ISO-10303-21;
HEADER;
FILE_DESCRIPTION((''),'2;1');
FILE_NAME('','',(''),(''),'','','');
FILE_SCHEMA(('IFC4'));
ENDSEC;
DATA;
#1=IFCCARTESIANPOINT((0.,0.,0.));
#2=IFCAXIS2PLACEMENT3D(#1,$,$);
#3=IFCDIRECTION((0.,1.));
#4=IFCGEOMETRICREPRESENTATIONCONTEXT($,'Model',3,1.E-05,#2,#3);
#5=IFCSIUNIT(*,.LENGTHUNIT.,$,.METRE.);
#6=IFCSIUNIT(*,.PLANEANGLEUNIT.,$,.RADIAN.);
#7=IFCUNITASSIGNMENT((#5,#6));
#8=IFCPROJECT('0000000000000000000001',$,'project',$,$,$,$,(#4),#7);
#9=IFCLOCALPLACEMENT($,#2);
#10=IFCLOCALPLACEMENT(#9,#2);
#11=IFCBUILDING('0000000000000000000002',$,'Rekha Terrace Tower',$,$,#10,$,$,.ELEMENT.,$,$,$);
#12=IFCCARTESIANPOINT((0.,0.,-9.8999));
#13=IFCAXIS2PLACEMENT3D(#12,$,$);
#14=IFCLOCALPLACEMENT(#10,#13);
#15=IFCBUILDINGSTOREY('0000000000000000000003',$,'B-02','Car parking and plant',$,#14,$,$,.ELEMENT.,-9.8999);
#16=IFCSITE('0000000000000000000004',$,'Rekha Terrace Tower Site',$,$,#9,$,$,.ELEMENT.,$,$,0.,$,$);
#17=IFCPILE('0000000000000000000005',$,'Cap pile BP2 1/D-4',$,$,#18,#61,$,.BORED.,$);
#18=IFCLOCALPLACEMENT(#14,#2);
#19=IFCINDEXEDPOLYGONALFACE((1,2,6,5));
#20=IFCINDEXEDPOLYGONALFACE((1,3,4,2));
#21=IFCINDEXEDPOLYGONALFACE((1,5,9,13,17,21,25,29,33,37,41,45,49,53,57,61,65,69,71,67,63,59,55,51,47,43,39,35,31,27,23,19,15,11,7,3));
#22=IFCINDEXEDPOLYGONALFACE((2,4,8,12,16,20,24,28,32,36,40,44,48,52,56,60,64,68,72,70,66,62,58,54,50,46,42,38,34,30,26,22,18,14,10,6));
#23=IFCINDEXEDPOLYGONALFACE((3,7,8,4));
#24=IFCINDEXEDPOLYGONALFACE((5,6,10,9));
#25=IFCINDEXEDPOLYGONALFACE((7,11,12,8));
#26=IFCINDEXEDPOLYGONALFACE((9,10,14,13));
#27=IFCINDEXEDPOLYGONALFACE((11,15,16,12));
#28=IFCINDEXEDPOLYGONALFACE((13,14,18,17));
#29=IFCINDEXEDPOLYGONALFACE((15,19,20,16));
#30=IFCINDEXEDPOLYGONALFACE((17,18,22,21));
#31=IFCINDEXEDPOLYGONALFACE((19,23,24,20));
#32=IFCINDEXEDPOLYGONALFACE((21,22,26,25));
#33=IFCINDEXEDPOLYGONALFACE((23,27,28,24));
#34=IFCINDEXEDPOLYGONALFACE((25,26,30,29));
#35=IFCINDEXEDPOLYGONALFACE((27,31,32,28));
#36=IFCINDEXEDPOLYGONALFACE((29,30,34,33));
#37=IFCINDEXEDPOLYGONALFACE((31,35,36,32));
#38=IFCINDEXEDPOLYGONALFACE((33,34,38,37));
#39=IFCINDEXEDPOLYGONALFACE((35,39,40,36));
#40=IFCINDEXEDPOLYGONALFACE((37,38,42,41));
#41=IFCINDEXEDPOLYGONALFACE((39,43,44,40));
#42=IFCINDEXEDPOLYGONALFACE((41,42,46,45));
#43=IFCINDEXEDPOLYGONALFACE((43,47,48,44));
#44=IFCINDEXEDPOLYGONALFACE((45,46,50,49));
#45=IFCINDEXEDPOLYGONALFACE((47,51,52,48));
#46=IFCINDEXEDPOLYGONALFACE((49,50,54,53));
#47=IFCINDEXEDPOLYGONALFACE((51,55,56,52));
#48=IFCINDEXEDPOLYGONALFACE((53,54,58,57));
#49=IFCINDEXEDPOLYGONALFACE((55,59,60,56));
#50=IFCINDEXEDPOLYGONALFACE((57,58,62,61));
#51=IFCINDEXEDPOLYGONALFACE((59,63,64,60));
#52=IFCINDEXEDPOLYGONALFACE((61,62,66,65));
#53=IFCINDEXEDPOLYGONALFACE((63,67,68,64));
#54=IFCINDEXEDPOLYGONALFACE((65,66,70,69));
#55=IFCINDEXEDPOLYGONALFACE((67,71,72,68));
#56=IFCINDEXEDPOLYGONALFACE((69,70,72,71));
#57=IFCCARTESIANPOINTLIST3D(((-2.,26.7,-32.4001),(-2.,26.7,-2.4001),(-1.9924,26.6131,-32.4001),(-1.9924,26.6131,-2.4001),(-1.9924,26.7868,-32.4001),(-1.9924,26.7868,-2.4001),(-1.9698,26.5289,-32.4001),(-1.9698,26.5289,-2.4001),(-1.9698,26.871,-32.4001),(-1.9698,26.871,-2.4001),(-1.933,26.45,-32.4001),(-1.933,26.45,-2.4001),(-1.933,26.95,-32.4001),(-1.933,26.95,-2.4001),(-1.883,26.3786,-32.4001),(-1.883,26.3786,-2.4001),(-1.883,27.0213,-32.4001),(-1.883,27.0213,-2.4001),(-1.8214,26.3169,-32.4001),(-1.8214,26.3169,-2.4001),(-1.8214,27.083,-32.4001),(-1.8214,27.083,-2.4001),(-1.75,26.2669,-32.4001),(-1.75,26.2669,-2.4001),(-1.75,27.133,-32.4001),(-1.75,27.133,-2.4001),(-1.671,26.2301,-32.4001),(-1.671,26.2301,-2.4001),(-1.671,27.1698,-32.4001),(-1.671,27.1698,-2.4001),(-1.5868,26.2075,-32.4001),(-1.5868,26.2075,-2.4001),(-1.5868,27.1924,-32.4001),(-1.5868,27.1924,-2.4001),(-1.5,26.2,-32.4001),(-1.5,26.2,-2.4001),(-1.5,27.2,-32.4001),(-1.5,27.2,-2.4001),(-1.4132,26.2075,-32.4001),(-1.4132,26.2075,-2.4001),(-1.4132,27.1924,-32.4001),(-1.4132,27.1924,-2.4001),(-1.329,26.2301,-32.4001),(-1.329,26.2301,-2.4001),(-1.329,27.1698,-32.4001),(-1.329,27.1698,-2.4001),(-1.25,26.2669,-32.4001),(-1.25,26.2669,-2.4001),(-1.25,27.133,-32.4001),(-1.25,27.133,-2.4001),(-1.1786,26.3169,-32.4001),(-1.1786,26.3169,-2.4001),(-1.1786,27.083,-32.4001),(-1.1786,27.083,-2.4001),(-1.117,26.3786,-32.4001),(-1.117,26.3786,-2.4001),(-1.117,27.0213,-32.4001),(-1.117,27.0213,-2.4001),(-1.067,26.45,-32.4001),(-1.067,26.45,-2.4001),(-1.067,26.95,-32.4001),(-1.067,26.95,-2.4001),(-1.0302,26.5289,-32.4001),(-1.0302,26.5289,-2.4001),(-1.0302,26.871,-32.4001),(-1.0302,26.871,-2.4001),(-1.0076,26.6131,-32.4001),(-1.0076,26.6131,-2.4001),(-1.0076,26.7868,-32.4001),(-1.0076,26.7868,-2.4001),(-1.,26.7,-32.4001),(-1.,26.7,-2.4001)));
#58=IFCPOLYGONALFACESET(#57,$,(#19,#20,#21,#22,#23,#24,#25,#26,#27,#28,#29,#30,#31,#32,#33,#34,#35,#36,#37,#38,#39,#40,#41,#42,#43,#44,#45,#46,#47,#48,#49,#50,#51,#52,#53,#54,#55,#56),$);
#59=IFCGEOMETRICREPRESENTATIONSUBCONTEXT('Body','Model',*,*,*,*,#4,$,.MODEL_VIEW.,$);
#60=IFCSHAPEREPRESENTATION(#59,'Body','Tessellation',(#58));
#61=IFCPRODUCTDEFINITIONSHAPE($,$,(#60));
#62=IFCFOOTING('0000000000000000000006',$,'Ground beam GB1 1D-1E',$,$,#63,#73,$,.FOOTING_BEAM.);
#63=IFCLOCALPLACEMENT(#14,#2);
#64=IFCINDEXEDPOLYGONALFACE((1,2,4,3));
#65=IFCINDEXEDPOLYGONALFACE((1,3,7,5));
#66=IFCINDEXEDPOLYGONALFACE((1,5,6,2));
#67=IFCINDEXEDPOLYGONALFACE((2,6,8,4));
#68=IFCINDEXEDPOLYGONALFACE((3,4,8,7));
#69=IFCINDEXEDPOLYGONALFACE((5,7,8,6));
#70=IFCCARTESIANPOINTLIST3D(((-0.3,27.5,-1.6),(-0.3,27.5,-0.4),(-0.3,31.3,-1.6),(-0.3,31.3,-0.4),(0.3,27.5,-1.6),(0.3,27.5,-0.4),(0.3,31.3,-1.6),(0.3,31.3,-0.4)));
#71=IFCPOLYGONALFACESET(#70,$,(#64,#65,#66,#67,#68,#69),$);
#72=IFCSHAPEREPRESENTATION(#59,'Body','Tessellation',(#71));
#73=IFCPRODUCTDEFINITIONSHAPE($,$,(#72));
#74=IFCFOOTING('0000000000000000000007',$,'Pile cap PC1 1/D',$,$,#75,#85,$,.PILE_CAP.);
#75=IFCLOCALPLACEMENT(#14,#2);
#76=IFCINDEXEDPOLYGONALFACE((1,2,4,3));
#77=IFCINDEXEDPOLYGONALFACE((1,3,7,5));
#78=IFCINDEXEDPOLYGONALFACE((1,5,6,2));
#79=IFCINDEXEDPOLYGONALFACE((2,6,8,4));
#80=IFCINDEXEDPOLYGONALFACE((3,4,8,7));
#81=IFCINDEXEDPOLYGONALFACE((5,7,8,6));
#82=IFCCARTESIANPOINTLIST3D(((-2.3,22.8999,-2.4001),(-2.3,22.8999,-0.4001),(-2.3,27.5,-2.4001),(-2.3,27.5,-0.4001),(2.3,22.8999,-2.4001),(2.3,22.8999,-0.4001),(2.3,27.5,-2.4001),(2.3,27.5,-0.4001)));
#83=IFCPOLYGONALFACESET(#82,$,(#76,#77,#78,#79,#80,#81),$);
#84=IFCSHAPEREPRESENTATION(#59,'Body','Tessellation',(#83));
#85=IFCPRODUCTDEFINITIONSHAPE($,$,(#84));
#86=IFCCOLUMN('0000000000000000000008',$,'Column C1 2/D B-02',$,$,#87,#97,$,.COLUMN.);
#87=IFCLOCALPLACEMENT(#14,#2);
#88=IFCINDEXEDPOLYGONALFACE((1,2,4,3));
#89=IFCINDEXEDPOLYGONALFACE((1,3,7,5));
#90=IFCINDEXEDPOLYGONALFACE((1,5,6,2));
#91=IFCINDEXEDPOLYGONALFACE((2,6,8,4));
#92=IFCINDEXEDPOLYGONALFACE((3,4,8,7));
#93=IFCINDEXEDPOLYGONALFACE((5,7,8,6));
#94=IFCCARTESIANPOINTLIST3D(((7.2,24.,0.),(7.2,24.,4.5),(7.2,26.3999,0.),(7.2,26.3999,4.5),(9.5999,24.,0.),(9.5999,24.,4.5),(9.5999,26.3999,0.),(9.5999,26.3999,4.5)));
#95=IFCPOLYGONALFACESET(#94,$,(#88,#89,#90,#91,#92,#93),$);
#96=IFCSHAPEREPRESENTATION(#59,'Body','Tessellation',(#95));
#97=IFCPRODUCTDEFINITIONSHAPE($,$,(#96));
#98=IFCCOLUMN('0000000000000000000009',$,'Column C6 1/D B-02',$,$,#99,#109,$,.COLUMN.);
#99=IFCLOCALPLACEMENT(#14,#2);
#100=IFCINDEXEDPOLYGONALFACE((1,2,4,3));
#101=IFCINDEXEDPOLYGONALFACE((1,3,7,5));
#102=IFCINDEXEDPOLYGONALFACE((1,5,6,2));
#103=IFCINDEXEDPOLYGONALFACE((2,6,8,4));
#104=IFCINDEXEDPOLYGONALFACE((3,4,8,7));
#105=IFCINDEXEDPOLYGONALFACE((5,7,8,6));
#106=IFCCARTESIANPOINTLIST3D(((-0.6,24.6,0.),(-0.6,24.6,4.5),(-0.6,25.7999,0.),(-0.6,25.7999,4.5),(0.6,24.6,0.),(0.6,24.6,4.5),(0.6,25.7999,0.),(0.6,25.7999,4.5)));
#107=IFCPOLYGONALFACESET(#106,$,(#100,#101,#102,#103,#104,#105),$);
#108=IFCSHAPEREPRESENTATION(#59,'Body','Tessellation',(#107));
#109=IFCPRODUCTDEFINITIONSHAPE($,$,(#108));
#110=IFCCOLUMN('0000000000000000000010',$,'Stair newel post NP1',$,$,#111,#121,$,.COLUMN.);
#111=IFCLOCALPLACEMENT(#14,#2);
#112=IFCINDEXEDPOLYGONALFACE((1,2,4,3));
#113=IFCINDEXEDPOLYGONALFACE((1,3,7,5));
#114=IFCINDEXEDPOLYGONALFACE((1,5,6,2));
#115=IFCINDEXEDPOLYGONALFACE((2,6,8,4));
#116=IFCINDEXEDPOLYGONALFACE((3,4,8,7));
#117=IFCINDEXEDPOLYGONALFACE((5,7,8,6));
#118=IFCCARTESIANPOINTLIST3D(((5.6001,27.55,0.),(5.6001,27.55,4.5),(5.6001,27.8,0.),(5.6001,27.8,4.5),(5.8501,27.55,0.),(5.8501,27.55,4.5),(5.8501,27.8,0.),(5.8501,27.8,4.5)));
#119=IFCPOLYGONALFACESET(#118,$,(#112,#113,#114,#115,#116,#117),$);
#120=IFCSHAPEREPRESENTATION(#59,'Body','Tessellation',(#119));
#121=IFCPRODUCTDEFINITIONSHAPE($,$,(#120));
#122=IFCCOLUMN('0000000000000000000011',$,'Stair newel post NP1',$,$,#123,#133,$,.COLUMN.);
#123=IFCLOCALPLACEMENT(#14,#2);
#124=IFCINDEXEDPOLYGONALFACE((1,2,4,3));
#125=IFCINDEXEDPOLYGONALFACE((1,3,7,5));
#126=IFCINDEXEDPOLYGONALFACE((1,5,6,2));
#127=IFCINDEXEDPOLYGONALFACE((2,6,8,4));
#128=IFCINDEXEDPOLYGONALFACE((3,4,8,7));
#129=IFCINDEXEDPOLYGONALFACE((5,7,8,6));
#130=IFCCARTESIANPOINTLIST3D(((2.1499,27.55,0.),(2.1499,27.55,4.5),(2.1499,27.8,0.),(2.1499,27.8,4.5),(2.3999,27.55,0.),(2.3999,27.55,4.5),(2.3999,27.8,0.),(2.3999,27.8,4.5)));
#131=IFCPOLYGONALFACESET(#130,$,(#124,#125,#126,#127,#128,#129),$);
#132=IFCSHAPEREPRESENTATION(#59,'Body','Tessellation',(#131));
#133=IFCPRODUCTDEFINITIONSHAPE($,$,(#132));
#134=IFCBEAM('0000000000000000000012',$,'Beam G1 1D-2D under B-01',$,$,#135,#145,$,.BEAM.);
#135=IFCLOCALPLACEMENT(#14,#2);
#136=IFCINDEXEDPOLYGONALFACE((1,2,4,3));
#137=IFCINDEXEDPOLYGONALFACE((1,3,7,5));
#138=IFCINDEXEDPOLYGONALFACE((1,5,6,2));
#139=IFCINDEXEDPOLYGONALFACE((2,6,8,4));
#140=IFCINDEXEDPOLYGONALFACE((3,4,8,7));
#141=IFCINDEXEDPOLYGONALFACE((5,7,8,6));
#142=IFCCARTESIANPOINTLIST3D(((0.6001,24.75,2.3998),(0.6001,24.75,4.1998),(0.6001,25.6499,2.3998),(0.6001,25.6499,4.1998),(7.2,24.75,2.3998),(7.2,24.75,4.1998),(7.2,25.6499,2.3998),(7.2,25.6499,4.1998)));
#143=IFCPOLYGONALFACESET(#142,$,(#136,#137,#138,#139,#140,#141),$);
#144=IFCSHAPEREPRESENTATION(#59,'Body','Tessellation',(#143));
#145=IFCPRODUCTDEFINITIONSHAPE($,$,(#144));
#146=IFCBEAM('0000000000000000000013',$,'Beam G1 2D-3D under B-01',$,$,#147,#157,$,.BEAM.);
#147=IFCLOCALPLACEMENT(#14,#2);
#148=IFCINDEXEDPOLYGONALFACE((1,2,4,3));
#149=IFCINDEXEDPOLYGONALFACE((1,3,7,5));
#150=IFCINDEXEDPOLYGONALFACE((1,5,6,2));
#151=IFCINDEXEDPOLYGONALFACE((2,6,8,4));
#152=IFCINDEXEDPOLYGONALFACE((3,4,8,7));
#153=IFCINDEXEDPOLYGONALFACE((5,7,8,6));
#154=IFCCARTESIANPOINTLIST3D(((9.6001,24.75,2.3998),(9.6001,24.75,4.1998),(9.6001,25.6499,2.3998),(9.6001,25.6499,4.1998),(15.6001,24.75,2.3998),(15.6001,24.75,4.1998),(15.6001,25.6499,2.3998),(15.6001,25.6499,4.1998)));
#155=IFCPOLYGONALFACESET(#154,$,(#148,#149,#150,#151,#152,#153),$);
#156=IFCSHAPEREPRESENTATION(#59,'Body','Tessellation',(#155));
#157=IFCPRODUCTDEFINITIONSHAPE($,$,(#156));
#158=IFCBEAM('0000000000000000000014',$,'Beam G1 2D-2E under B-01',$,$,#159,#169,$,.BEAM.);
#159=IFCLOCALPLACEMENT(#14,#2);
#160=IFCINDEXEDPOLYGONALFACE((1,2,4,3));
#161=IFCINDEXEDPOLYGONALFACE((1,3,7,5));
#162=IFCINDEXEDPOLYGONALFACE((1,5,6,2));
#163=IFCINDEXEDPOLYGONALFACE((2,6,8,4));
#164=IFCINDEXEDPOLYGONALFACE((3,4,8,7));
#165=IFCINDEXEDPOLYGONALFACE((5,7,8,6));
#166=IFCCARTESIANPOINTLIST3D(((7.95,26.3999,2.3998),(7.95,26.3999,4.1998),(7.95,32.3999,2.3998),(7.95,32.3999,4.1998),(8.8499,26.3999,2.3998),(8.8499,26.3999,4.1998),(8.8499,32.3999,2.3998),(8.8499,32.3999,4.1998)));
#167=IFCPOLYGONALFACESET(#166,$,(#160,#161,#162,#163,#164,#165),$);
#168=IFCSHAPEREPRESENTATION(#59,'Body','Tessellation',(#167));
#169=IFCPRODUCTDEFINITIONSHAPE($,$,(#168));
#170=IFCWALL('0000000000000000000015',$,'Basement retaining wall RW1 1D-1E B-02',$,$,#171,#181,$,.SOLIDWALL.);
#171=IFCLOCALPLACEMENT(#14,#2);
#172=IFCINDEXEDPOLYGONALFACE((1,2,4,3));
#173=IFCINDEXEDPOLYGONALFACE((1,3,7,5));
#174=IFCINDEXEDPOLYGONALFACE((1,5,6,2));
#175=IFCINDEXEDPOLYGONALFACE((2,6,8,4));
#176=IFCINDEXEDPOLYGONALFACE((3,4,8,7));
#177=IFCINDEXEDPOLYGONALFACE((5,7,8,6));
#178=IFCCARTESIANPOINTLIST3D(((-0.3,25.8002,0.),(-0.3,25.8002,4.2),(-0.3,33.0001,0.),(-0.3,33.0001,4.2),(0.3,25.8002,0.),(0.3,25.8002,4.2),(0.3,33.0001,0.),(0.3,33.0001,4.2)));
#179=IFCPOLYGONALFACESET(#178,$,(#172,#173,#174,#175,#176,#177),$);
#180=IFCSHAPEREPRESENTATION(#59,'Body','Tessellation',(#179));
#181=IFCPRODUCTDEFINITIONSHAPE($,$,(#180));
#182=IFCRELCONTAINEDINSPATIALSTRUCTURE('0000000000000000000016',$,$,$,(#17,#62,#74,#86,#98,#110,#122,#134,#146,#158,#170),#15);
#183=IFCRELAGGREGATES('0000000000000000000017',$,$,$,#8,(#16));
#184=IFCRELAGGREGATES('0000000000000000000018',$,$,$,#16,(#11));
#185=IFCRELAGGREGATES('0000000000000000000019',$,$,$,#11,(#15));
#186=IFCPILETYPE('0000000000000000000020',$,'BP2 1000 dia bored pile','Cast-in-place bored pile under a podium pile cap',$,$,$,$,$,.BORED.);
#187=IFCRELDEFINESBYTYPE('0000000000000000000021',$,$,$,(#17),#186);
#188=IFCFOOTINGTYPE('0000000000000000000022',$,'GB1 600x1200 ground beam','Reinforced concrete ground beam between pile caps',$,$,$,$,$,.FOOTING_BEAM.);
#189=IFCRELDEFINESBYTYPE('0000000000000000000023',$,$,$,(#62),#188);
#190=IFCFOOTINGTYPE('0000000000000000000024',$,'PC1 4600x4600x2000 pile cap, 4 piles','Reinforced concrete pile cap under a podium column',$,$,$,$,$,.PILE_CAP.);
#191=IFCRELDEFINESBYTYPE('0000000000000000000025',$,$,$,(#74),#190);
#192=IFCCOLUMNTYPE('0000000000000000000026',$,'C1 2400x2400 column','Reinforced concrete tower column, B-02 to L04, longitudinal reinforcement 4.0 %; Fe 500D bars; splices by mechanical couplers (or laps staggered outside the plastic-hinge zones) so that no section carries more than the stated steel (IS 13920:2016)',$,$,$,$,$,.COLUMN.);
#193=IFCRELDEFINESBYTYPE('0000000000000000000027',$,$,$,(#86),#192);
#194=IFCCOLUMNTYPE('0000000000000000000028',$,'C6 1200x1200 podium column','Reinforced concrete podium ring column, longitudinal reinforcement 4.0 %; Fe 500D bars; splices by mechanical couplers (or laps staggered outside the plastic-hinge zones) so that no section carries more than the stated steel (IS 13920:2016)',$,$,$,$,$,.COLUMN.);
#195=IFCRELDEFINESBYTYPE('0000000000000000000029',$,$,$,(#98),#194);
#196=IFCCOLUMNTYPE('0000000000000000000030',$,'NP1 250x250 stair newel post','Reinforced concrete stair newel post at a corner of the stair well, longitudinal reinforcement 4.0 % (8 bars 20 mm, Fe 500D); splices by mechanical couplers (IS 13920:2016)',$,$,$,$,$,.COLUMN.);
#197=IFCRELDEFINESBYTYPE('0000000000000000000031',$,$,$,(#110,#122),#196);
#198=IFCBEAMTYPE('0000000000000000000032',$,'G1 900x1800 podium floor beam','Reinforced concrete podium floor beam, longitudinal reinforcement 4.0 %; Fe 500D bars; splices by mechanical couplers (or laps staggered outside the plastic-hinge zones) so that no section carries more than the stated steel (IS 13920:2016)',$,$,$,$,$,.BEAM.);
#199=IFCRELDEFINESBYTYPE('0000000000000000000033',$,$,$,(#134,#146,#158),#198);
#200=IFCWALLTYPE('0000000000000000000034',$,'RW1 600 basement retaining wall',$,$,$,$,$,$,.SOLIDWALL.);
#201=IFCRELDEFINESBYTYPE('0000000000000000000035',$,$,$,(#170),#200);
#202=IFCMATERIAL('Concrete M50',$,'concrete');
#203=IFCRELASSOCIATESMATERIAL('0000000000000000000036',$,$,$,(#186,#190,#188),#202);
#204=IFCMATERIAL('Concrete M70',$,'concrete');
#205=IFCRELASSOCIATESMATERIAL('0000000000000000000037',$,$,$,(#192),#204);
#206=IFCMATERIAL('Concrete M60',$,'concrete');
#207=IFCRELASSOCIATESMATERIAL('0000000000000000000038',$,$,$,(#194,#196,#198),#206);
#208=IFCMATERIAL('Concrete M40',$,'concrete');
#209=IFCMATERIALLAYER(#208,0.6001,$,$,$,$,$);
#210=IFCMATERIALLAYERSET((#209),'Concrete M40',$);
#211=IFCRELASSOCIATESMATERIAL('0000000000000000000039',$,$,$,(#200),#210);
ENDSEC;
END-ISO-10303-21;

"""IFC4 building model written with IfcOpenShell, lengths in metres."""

from ifc_helpers import new_model, si_unit, direction, frame, frame_2d, origin, origin_2d, place, context, subcontext, project, spatial, rectangle, circle, extrude, material, layer, layer_set, material_profile, profile_set, type_object, element, save


model = new_model("IFC4")

# Units and contexts
model_context = context("Model", 3, precision=1e-05, world=origin(), true_north=direction((0.0, 1.0)))
body_context = subcontext(model_context, "Body", "Model", "MODEL_VIEW")
ifc_project = project(units=[si_unit("LENGTHUNIT", "METRE"), si_unit("PLANEANGLEUNIT", "RADIAN")], contexts=[model_context])

# Site, building, storey
site_placement = place(None, origin())
site = spatial("IfcSite", under=ifc_project, at=site_placement, Name="Rekha Terrace Tower Site", CompositionType="ELEMENT", RefElevation=0.0)
building_placement = place(site_placement, origin())
building = spatial("IfcBuilding", under=site, at=building_placement, Name="Rekha Terrace Tower", CompositionType="ELEMENT")
storey_placement = place(building_placement, frame((0.0, 0.0, -9.8999)))
storey = spatial("IfcBuildingStorey", under=building, at=storey_placement, Name="B-02", Description="Car parking and plant", CompositionType="ELEMENT", Elevation=-9.8999)

# Pile
ifc_material_1 = material(Name="Concrete M50", Category="concrete")
pile_type_1 = type_object("IfcPileType", Name="BP2 1000 dia bored pile", Description="Cast-in-place bored pile under a podium pile cap", PredefinedType="BORED", material=ifc_material_1)
for number, where, z_axis, x_axis, name in (
    (1, (-1.5, 26.7, -2.4001), (0.0, 0.0, -1.0), (1.0, 0.0, 0.0), "Cap pile BP2 1/D-4"),
):
    element("IfcPile", number, at=place(storey_placement, frame(where, z_axis=z_axis, x_axis=x_axis)), inside=storey, type_object=pile_type_1, Name=name, PredefinedType="BORED", context=body_context, shape_type="SweptSolid", body=[
        extrude(circle(Radius=0.5, at=origin_2d()), origin(), (0.0, 0.0, 1.0), 30.0),
    ])

# Footings
ifc_material_profile_1 = material_profile(ifc_material_1, rectangle(XDim=0.6001, YDim=1.2, at=origin_2d()), Name="RC 600x1200")
ifc_profile_set_1 = profile_set([ifc_material_profile_1], Name="Concrete M50")
footing_type_1 = type_object("IfcFootingType", Name="GB1 600x1200 ground beam", Description="Reinforced concrete ground beam between pile caps", PredefinedType="FOOTING_BEAM", material=ifc_profile_set_1)
footing_1_placement = place(storey_placement, frame((0.0, 27.5, -1.0), z_axis=(0.0, 1.0, 0.0), x_axis=(-1.0, 0.0, 0.0)))
element("IfcFooting", 2, at=footing_1_placement, inside=storey, type_object=footing_type_1, Name="Ground beam GB1 1D-1E", PredefinedType="FOOTING_BEAM", context=body_context, shape_type="SweptSolid", body=[
    extrude(rectangle(XDim=0.6001, YDim=1.2, at=origin_2d()), origin(), (0.0, 0.0, 1.0), 3.8),
])
footing_type_2 = type_object("IfcFootingType", Name="PC1 4600x4600x2000 pile cap, 4 piles", Description="Reinforced concrete pile cap under a podium column", PredefinedType="PILE_CAP", material=ifc_material_1)
footing_2_placement = place(storey_placement, frame((0.0, 25.2, -2.4001), z_axis=(0.0, 0.0, 1.0), x_axis=(1.0, 0.0, 0.0)))
element("IfcFooting", 3, at=footing_2_placement, inside=storey, type_object=footing_type_2, Name="Pile cap PC1 1/D", PredefinedType="PILE_CAP", context=body_context, shape_type="SweptSolid", body=[
    extrude(rectangle(XDim=4.6001, YDim=4.6001, at=origin_2d()), origin(), (0.0, 0.0, 1.0), 2.0),
])

# Columns
ifc_material_2 = material(Name="Concrete M70", Category="concrete")
ifc_material_profile_2 = material_profile(ifc_material_2, rectangle(XDim=2.3999, YDim=2.3999, at=origin_2d()), Name="RC 2400x2400")
ifc_profile_set_2 = profile_set([ifc_material_profile_2], Name="Concrete M70")
column_type_1 = type_object("IfcColumnType", Name="C1 2400x2400 column", Description="Reinforced concrete tower column, B-02 to L04, longitudinal reinforcement 4.0 %; Fe 500D bars; splices by mechanical couplers (or laps staggered outside the plastic-hinge zones) so that no section carries more than the stated steel (IS 13920:2016)", PredefinedType="COLUMN", material=ifc_profile_set_2)
column_1_placement = place(storey_placement, frame((8.3999, 25.2, 0.0), z_axis=(0.0, 0.0, 1.0), x_axis=(1.0, 0.0, 0.0)))
element("IfcColumn", 4, at=column_1_placement, inside=storey, type_object=column_type_1, Name="Column C1 2/D B-02", PredefinedType="COLUMN", context=body_context, shape_type="SweptSolid", body=[
    extrude(rectangle(XDim=2.3999, YDim=2.3999, at=origin_2d()), origin(), (0.0, 0.0, 1.0), 4.5),
])
ifc_material_3 = material(Name="Concrete M60", Category="concrete")
ifc_material_profile_3 = material_profile(ifc_material_3, rectangle(XDim=1.2, YDim=1.2, at=origin_2d()), Name="RC 1200x1200")
ifc_profile_set_3 = profile_set([ifc_material_profile_3], Name="Concrete M60")
column_type_2 = type_object("IfcColumnType", Name="C6 1200x1200 podium column", Description="Reinforced concrete podium ring column, longitudinal reinforcement 4.0 %; Fe 500D bars; splices by mechanical couplers (or laps staggered outside the plastic-hinge zones) so that no section carries more than the stated steel (IS 13920:2016)", PredefinedType="COLUMN", material=ifc_profile_set_3)
column_2_placement = place(storey_placement, frame((0.0, 25.2, 0.0), z_axis=(0.0, 0.0, 1.0), x_axis=(1.0, 0.0, 0.0)))
element("IfcColumn", 5, at=column_2_placement, inside=storey, type_object=column_type_2, Name="Column C6 1/D B-02", PredefinedType="COLUMN", context=body_context, shape_type="SweptSolid", body=[
    extrude(rectangle(XDim=1.2, YDim=1.2, at=origin_2d()), origin(), (0.0, 0.0, 1.0), 4.5),
])
ifc_material_profile_4 = material_profile(ifc_material_3, rectangle(XDim=0.25, YDim=0.25, at=origin_2d()), Name="RC 250x250")
ifc_profile_set_4 = profile_set([ifc_material_profile_4], Name="Concrete M60")
column_type_3 = type_object("IfcColumnType", Name="NP1 250x250 stair newel post", Description="Reinforced concrete stair newel post at a corner of the stair well, longitudinal reinforcement 4.0 % (8 bars 20 mm, Fe 500D); splices by mechanical couplers (IS 13920:2016)", PredefinedType="COLUMN", material=ifc_profile_set_4)
for number, where, z_axis, x_axis, name in (
    (6, (5.7251, 27.675, 0.0), (0.0, 0.0, 1.0), (1.0, 0.0, 0.0), "Stair newel post NP1"),
    (7, (2.2749, 27.675, 0.0), (0.0, 0.0, 1.0), (1.0, 0.0, 0.0), "Stair newel post NP1"),
):
    element("IfcColumn", number, at=place(storey_placement, frame(where, z_axis=z_axis, x_axis=x_axis)), inside=storey, type_object=column_type_3, Name=name, PredefinedType="COLUMN", context=body_context, shape_type="SweptSolid", body=[
        extrude(rectangle(XDim=0.25, YDim=0.25, at=origin_2d()), origin(), (0.0, 0.0, 1.0), 4.5),
    ])

# Beams
ifc_material_profile_5 = material_profile(ifc_material_3, rectangle(XDim=0.8999, YDim=1.8, at=origin_2d()), Name="RC 900x1800")
ifc_profile_set_5 = profile_set([ifc_material_profile_5], Name="Concrete M60")
beam_type = type_object("IfcBeamType", Name="G1 900x1800 podium floor beam", Description="Reinforced concrete podium floor beam, longitudinal reinforcement 4.0 %; Fe 500D bars; splices by mechanical couplers (or laps staggered outside the plastic-hinge zones) so that no section carries more than the stated steel (IS 13920:2016)", PredefinedType="BEAM", material=ifc_profile_set_5)
beam_placement = place(storey_placement, frame((0.6001, 25.2, 3.2998), z_axis=(1.0, 0.0, 0.0), x_axis=(0.0, 1.0, 0.0)))
element("IfcBeam", 8, at=beam_placement, inside=storey, type_object=beam_type, Name="Beam G1 1D-2D under B-01", PredefinedType="BEAM", context=body_context, shape_type="SweptSolid", body=[
    extrude(rectangle(XDim=0.8999, YDim=1.8, at=origin_2d()), origin(), (0.0, 0.0, 1.0), 6.5999),
])
for number, where, z_axis, x_axis, name in (
    (9, (9.6001, 25.2, 3.2998), (1.0, 0.0, 0.0), (0.0, 1.0, 0.0), "Beam G1 2D-3D under B-01"),
    (10, (8.3999, 26.3999, 3.2998), (0.0, 1.0, 0.0), (-1.0, 0.0, 0.0), "Beam G1 2D-2E under B-01"),
):
    element("IfcBeam", number, at=place(storey_placement, frame(where, z_axis=z_axis, x_axis=x_axis)), inside=storey, type_object=beam_type, Name=name, PredefinedType="BEAM", context=body_context, shape_type="SweptSolid", body=[
        extrude(rectangle(XDim=0.8999, YDim=1.8, at=origin_2d()), origin(), (0.0, 0.0, 1.0), 6.0),
    ])

# Wall
ifc_material_4 = material(Name="Concrete M40", Category="concrete")
ifc_layer_1 = layer(ifc_material_4, 0.6001)
ifc_layer_set_1 = layer_set([ifc_layer_1], Name="Concrete M40")
wall_type_1 = type_object("IfcWallType", Name="RW1 600 basement retaining wall", PredefinedType="SOLIDWALL", material=ifc_layer_set_1)
wall_1_placement = place(storey_placement, frame((0.0, 25.8, 0.0), z_axis=(0.0, 0.0, 1.0), x_axis=(0.0, 1.0, 0.0)))
element("IfcWall", 11, at=wall_1_placement, inside=storey, type_object=wall_type_1, Name="Basement retaining wall RW1 1D-1E B-02", PredefinedType="SOLIDWALL", context=body_context, shape_type="SweptSolid", body=[
    extrude(rectangle(XDim=7.2, YDim=0.6001, at=frame_2d((3.6001, 0.0))), origin(), (0.0, 0.0, 1.0), 4.2),
])

save(model, "model.ifc")
